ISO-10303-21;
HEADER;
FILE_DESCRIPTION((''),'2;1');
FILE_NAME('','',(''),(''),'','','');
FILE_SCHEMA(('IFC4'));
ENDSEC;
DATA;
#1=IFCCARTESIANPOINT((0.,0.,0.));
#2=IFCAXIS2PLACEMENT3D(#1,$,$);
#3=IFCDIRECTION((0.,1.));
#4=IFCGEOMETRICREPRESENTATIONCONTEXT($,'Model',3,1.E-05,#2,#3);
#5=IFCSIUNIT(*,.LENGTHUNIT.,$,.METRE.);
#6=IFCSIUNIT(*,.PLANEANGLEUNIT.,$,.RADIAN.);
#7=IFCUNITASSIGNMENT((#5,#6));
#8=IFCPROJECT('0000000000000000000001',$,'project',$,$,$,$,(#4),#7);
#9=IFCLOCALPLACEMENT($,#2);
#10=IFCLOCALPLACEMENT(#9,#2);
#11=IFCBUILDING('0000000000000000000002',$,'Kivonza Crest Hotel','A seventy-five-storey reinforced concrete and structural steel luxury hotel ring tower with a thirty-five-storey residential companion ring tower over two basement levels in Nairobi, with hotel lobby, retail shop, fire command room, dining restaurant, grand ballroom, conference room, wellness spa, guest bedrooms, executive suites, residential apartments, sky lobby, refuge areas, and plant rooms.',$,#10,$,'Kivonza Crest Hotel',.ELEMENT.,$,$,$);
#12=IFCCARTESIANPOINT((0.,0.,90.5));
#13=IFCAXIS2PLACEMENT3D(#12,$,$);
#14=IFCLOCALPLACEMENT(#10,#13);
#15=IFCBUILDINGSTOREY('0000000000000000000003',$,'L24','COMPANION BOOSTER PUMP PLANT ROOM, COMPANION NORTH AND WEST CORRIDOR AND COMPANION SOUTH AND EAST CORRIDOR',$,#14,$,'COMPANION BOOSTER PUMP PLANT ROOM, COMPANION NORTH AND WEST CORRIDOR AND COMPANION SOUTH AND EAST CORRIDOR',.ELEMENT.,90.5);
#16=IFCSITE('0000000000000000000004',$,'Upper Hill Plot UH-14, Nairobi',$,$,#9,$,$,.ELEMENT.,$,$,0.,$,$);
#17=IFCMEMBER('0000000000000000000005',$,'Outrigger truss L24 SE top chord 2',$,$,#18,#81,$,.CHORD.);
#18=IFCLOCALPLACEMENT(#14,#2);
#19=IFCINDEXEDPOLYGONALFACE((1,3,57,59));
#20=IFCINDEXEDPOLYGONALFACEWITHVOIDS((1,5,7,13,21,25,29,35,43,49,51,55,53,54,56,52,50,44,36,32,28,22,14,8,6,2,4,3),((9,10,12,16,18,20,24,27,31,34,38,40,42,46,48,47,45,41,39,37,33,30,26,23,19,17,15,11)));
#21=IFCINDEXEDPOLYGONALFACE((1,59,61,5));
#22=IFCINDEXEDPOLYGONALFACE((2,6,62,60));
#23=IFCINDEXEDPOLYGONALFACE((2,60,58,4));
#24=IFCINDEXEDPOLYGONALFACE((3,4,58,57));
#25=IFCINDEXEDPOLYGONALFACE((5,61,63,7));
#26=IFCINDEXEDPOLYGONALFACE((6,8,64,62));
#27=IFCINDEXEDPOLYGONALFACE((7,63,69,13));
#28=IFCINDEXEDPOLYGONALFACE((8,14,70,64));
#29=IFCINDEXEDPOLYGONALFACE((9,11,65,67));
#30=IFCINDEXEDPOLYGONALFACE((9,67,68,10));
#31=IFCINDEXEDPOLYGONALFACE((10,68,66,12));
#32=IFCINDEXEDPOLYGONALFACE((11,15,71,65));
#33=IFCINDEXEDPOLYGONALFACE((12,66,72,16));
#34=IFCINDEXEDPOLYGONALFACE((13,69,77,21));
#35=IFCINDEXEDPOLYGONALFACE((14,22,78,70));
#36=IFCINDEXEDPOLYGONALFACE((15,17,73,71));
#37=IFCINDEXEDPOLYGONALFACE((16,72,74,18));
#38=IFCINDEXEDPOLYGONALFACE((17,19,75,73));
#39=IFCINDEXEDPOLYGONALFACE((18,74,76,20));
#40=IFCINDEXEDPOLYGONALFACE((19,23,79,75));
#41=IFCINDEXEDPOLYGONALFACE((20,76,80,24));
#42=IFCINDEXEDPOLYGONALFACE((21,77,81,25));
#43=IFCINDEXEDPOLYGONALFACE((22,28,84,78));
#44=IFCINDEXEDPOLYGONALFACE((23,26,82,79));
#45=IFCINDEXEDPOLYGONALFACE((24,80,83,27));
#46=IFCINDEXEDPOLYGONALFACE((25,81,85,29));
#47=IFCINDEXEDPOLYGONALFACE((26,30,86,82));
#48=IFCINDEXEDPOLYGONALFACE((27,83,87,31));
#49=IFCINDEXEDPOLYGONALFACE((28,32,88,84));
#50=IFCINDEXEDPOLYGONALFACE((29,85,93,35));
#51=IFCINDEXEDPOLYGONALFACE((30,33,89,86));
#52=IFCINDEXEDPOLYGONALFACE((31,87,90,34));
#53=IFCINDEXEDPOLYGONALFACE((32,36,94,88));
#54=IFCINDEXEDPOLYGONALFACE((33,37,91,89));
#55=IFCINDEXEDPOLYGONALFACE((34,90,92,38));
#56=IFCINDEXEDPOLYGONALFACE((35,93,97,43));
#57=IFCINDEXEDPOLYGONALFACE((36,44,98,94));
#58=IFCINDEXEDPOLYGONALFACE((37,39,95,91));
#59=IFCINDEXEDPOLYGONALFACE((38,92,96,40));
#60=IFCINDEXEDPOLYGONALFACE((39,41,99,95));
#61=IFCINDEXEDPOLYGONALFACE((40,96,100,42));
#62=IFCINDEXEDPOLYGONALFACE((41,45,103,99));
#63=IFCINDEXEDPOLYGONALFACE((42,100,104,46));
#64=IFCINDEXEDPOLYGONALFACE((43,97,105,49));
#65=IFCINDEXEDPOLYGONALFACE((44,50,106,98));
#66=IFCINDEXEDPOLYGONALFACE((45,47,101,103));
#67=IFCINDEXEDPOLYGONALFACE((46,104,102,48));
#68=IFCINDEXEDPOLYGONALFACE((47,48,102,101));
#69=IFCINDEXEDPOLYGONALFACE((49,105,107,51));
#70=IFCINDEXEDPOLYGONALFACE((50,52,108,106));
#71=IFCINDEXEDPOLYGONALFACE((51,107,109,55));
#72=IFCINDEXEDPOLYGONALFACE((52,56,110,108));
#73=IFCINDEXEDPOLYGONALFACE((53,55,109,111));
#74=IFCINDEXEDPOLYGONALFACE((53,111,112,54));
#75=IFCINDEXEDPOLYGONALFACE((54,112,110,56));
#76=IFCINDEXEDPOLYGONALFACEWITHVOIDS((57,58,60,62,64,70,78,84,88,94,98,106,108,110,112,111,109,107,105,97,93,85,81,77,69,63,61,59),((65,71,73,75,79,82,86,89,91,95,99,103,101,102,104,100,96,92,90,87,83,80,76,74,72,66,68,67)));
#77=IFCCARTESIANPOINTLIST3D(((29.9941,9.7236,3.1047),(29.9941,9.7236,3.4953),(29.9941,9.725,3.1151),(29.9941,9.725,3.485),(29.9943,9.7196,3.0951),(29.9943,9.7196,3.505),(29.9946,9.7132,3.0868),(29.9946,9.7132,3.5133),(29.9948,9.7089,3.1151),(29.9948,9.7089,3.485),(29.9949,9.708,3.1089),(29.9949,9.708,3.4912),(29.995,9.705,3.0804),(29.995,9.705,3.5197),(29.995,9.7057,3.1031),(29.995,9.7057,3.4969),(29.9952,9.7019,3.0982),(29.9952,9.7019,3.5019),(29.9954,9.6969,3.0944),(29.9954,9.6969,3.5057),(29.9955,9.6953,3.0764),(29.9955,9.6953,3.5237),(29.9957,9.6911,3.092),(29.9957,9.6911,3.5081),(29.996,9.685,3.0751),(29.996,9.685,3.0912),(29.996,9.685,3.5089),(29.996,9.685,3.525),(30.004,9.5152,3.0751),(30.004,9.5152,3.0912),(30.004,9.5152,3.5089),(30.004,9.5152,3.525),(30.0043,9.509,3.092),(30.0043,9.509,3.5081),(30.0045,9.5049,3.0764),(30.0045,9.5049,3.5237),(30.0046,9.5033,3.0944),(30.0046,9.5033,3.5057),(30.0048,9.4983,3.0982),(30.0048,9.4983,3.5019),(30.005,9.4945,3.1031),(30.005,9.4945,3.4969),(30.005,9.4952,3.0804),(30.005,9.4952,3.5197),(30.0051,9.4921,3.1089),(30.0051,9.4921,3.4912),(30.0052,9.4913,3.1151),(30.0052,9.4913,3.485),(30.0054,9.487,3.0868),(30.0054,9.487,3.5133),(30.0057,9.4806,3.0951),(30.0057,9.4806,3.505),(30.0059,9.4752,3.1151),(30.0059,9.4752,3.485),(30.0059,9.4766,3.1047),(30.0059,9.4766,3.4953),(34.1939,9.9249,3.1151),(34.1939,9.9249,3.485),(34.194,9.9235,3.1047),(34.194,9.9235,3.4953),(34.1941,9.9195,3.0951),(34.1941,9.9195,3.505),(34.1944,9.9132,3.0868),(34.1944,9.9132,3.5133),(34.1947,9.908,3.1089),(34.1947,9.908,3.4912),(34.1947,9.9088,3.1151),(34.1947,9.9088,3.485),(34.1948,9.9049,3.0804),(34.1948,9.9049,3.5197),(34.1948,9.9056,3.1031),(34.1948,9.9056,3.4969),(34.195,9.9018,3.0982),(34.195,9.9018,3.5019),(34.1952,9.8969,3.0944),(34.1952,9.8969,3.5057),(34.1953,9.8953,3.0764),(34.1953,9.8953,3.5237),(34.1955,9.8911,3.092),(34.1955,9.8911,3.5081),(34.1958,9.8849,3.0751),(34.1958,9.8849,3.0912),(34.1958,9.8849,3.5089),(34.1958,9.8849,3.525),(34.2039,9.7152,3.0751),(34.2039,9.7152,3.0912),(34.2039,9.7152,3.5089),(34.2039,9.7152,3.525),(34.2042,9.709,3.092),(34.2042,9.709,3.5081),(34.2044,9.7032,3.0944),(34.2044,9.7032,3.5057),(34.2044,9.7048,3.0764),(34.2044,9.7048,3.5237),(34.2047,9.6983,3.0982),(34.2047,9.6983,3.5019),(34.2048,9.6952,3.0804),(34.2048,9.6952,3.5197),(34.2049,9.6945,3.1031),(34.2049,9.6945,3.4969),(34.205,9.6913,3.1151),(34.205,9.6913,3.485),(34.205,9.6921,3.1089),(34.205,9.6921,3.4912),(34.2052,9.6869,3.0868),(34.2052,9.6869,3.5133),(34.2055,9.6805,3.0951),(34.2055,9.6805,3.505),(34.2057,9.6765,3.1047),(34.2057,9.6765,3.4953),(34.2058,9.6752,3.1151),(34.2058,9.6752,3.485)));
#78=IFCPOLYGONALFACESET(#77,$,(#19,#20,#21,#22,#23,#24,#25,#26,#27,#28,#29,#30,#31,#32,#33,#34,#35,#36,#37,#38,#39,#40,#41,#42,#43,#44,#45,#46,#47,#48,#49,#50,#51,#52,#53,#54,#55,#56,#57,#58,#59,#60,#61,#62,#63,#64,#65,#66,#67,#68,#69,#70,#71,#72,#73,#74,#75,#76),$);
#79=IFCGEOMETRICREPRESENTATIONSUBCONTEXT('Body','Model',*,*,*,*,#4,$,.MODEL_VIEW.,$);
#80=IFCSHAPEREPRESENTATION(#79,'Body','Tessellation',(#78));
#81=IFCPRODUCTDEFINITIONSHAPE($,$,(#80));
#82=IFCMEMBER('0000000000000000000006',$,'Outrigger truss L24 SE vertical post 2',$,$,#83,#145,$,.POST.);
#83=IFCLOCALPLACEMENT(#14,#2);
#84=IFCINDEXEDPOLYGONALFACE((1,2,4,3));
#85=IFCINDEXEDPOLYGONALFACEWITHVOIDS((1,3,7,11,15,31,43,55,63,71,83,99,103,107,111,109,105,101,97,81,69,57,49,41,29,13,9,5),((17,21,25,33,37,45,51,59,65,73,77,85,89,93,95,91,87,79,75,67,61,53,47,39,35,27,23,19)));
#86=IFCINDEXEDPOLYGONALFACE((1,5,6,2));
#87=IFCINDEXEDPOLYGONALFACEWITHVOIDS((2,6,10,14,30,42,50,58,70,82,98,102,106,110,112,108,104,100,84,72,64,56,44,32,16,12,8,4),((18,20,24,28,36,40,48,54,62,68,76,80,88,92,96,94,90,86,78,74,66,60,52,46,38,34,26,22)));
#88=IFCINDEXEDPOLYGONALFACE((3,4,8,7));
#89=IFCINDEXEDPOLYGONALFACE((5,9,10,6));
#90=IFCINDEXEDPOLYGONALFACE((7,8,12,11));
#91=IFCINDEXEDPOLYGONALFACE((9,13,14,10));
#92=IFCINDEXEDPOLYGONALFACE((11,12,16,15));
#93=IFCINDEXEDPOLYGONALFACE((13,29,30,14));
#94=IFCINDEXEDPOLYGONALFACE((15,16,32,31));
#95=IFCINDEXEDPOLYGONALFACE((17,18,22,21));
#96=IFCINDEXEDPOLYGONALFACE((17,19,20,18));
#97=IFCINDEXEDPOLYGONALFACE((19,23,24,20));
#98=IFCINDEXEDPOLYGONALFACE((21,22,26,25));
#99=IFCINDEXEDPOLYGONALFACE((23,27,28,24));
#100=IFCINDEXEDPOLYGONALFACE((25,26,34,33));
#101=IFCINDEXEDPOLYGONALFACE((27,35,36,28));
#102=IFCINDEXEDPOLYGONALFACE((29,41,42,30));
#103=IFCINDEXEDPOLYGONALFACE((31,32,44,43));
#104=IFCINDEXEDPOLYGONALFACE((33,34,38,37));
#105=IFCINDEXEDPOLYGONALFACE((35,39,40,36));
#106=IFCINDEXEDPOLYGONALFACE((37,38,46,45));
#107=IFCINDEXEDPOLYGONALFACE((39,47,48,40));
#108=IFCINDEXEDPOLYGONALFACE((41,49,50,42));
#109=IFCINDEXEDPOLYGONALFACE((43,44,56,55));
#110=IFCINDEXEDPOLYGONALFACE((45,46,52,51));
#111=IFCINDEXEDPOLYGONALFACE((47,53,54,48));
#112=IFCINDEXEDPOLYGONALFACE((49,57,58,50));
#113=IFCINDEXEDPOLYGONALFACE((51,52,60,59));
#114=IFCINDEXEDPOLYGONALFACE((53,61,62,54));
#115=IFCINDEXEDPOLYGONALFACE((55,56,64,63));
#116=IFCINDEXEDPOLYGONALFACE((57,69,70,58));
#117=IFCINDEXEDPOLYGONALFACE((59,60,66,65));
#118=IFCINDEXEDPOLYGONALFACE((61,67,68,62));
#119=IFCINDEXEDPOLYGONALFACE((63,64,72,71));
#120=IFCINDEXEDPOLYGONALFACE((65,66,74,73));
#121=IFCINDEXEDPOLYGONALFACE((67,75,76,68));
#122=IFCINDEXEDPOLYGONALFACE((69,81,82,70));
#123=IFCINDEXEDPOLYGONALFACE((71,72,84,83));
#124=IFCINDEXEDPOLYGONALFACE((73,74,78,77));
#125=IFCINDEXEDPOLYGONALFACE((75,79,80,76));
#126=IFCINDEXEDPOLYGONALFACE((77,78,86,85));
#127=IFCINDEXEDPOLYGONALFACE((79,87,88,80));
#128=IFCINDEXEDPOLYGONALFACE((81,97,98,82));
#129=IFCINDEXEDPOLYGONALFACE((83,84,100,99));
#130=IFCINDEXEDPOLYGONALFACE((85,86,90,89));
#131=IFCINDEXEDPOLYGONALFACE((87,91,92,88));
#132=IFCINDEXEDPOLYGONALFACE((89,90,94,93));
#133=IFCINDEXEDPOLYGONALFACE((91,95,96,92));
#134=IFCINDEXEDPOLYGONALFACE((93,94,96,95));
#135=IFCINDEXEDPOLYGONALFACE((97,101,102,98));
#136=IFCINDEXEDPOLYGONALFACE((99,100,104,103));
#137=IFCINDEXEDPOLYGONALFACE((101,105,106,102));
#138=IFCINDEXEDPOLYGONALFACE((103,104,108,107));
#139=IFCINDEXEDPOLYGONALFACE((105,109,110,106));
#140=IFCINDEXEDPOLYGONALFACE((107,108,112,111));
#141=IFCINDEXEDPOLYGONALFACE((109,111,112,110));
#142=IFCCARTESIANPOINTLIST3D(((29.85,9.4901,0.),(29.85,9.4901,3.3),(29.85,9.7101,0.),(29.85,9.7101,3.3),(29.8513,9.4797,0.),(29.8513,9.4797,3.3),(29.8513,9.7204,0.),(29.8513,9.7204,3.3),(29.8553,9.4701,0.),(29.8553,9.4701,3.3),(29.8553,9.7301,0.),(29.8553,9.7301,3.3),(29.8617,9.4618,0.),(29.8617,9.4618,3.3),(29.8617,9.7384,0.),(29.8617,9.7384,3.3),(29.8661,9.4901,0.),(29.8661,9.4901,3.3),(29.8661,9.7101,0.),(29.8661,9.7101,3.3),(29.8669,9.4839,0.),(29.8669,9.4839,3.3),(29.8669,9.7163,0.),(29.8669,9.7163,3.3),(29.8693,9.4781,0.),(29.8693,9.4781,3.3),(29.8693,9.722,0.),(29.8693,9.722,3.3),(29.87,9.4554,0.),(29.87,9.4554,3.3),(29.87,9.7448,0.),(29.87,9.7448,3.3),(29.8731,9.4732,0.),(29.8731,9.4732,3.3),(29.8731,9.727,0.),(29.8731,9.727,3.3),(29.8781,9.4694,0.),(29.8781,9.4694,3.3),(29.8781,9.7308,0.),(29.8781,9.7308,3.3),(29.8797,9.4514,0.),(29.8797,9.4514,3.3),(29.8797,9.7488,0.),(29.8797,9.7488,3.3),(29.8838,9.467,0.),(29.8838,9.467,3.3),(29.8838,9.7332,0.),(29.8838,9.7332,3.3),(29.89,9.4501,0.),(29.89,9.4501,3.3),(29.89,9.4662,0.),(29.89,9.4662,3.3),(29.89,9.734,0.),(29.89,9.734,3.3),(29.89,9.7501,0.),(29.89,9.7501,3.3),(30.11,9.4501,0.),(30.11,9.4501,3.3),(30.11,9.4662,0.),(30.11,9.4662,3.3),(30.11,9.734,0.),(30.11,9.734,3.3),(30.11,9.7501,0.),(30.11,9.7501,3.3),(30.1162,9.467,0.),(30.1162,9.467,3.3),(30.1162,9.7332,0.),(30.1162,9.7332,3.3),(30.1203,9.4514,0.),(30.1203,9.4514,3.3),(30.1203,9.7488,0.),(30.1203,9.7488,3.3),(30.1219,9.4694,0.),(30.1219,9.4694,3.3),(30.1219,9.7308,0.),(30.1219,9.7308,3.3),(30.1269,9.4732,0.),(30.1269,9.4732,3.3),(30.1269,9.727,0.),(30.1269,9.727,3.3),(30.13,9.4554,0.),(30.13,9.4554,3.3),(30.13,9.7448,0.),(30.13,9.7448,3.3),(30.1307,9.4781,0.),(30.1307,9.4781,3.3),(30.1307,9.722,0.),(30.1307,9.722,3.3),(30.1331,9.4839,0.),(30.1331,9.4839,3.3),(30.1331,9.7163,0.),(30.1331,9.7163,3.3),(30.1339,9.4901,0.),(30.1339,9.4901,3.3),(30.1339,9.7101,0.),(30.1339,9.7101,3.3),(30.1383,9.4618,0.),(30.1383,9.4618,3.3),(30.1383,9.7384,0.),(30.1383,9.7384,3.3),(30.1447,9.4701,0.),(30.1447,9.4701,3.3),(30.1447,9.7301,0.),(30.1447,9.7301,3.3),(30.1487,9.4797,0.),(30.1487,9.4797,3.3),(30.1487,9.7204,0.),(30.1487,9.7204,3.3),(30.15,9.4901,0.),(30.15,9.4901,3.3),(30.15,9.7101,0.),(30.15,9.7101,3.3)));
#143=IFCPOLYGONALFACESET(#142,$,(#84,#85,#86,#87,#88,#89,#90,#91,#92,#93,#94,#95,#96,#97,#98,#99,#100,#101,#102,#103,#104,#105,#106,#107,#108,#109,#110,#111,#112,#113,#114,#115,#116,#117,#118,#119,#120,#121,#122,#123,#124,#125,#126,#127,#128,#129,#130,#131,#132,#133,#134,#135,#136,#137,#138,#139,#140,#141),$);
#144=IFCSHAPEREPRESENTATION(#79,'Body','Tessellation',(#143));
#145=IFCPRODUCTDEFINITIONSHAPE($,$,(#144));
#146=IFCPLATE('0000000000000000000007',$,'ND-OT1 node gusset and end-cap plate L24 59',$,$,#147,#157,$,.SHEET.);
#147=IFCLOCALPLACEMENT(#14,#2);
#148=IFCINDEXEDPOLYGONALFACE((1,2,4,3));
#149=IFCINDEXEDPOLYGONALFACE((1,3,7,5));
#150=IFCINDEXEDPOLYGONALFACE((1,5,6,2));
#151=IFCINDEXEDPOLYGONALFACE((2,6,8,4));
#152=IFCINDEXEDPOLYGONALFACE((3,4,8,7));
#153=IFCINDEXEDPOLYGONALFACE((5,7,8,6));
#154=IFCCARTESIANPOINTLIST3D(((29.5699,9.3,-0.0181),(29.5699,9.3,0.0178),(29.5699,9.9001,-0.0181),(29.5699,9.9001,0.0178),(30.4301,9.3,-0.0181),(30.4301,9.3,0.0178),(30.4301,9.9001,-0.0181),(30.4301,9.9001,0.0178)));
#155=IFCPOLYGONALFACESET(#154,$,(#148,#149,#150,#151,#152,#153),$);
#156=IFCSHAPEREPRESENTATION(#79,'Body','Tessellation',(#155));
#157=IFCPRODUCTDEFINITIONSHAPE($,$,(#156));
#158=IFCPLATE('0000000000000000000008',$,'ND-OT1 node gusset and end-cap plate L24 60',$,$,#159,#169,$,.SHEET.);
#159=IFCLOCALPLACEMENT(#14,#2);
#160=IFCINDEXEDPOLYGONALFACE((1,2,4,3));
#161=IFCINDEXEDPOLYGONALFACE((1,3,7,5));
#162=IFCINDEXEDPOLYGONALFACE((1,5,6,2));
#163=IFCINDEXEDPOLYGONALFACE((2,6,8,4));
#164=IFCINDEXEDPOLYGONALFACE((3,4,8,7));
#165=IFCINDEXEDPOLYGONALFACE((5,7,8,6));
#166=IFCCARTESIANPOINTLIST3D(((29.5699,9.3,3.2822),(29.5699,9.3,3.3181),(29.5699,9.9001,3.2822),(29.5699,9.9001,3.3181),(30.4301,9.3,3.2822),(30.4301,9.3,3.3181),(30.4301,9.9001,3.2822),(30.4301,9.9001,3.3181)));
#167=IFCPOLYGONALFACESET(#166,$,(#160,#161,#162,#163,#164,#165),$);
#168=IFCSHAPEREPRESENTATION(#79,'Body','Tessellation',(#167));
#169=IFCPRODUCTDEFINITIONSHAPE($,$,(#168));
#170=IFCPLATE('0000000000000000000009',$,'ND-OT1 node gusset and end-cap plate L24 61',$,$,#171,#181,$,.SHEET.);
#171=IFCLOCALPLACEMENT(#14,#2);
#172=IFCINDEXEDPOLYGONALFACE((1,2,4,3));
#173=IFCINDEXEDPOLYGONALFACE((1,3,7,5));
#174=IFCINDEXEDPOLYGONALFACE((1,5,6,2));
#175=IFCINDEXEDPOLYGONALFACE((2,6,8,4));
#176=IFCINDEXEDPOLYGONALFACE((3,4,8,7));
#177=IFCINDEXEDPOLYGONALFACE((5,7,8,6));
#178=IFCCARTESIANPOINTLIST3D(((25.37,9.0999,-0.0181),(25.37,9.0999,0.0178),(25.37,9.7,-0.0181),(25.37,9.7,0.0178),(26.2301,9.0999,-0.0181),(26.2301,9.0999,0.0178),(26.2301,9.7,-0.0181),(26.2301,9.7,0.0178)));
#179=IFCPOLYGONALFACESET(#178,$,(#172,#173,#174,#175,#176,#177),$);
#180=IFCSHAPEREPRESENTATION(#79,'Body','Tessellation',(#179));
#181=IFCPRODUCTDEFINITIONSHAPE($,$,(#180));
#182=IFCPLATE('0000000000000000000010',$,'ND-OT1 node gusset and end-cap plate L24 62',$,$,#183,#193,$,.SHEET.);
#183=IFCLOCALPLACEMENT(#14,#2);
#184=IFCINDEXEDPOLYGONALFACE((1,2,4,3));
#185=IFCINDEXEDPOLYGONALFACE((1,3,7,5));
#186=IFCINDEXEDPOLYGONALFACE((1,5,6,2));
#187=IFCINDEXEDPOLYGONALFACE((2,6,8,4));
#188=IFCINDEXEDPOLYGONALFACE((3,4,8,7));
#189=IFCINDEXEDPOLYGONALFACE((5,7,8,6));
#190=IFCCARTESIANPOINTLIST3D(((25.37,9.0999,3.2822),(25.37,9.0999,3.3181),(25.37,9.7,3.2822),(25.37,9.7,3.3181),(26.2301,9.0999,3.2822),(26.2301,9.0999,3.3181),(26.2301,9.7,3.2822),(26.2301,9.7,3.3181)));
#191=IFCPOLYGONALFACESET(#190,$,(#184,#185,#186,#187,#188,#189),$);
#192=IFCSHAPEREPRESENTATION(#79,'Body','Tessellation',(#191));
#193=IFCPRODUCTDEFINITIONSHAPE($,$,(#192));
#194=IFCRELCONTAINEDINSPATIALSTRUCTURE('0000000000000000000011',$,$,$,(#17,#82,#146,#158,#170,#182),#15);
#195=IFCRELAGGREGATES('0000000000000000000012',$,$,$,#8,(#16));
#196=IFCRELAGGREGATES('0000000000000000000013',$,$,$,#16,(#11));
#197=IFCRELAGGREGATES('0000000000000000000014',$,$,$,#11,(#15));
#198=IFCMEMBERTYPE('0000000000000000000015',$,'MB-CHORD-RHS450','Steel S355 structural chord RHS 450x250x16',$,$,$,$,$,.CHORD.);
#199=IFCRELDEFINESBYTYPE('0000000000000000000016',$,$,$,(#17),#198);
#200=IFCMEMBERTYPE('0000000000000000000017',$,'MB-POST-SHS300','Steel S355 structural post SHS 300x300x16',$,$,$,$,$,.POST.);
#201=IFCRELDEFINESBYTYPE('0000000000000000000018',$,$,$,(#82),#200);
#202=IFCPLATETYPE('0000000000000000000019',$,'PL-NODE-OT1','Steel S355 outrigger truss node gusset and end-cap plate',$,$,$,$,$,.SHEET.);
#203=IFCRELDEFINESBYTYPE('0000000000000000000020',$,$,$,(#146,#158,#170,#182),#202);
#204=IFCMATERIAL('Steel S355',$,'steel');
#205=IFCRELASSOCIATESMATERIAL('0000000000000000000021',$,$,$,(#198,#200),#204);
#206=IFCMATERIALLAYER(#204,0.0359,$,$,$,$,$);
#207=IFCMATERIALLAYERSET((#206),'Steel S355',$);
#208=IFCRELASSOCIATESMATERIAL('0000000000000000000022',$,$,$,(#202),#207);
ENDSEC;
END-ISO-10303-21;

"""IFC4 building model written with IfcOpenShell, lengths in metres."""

from ifc_helpers import new_model, si_unit, direction, frame, origin, origin_2d, place, context, subcontext, project, spatial, rectangle, hollow_rectangle, extrude, material, layer, layer_set, material_profile, profile_set, type_object, element, save


model = new_model("IFC4")

# Units and contexts
model_context = context("Model", 3, precision=1e-05, world=origin(), true_north=direction((0.0, 1.0)))
body_context = subcontext(model_context, "Body", "Model", "MODEL_VIEW")
ifc_project = project(units=[si_unit("LENGTHUNIT", "METRE"), si_unit("PLANEANGLEUNIT", "RADIAN")], contexts=[model_context])

# Site, building, storey
site_placement = place(None, origin())
site = spatial("IfcSite", under=ifc_project, at=site_placement, Name="Upper Hill Plot UH-14, Nairobi", CompositionType="ELEMENT", RefElevation=0.0)
building_placement = place(site_placement, origin())
building = spatial("IfcBuilding", under=site, at=building_placement, Name="Kivonza Crest Hotel", Description="A seventy-five-storey reinforced concrete and structural steel luxury hotel ring tower with a thirty-five-storey residential companion ring tower over two basement levels in Nairobi, with hotel lobby, retail shop, fire command room, dining restaurant, grand ballroom, conference room, wellness spa, guest bedrooms, executive suites, residential apartments, sky lobby, refuge areas, and plant rooms.", LongName="Kivonza Crest Hotel", CompositionType="ELEMENT")
storey_placement = place(building_placement, frame((0.0, 0.0, 90.5)))
storey = spatial("IfcBuildingStorey", under=building, at=storey_placement, Name="L24", Description="COMPANION BOOSTER PUMP PLANT ROOM, COMPANION NORTH AND WEST CORRIDOR AND COMPANION SOUTH AND EAST CORRIDOR", LongName="COMPANION BOOSTER PUMP PLANT ROOM, COMPANION NORTH AND WEST CORRIDOR AND COMPANION SOUTH AND EAST CORRIDOR", CompositionType="ELEMENT", Elevation=90.5)

# Shared definitions
ifc_material_1 = material(Name="Steel S355", Category="steel")

# Members
ifc_material_profile_1 = material_profile(ifc_material_1, hollow_rectangle(XDim=0.25, YDim=0.45, WallThickness=0.0161, InnerFilletRadius=0.0239, OuterFilletRadius=0.04, at=origin_2d()), Name="RHS 450x250x16")
ifc_profile_set_1 = profile_set([ifc_material_profile_1], Name="Steel S355")
member_type_1 = type_object("IfcMemberType", Name="MB-CHORD-RHS450", Description="Steel S355 structural chord RHS 450x250x16", PredefinedType="CHORD", material=ifc_profile_set_1)
for number, where, z_axis, x_axis, name in (
    (1, (30.0, 9.6001, 3.3), (0.998869, 0.047554, 0.0), (-0.047554, 0.998869, 0.0), "Outrigger truss L24 SE top chord 2"),
):
    element("IfcMember", number, at=place(storey_placement, frame(where, z_axis=z_axis, x_axis=x_axis)), inside=storey, type_object=member_type_1, Name=name, PredefinedType="CHORD", context=body_context, shape_type="SweptSolid", body=[
        extrude(hollow_rectangle(XDim=0.25, YDim=0.45, WallThickness=0.0161, InnerFilletRadius=0.0239, OuterFilletRadius=0.04, at=origin_2d()), origin(), (0.0, 0.0, 1.0), 4.2046),
    ])
ifc_material_profile_2 = material_profile(ifc_material_1, hollow_rectangle(XDim=0.3, YDim=0.3, WallThickness=0.0161, InnerFilletRadius=0.0239, OuterFilletRadius=0.04, at=origin_2d()), Name="SHS 300x300x16")
ifc_profile_set_2 = profile_set([ifc_material_profile_2], Name="Steel S355")
member_type_2 = type_object("IfcMemberType", Name="MB-POST-SHS300", Description="Steel S355 structural post SHS 300x300x16", PredefinedType="POST", material=ifc_profile_set_2)
member_placement = place(storey_placement, frame((30.0, 9.6001, 0.0), z_axis=(0.0, 0.0, 1.0), x_axis=(1.0, 0.0, 0.0)))
element("IfcMember", 2, at=member_placement, inside=storey, type_object=member_type_2, Name="Outrigger truss L24 SE vertical post 2", PredefinedType="POST", context=body_context, shape_type="SweptSolid", body=[
    extrude(hollow_rectangle(XDim=0.3, YDim=0.3, WallThickness=0.0161, InnerFilletRadius=0.0239, OuterFilletRadius=0.04, at=origin_2d()), origin(), (0.0, 0.0, 1.0), 3.3),
])

# Plates
ifc_layer_1 = layer(ifc_material_1, 0.0359)
ifc_layer_set_1 = layer_set([ifc_layer_1], Name="Steel S355")
plate_type = type_object("IfcPlateType", Name="PL-NODE-OT1", Description="Steel S355 outrigger truss node gusset and end-cap plate", PredefinedType="SHEET", material=ifc_layer_set_1)
for number, where, z_axis, x_axis, name in (
    (3, (30.0, 9.6001, -0.0181), (0.0, 0.0, 1.0), (1.0, 0.0, 0.0), "ND-OT1 node gusset and end-cap plate L24 59"),
    (4, (30.0, 9.6001, 3.2822), (0.0, 0.0, 1.0), (1.0, 0.0, 0.0), "ND-OT1 node gusset and end-cap plate L24 60"),
    (5, (25.8, 9.3999, -0.0181), (0.0, 0.0, 1.0), (1.0, 0.0, 0.0), "ND-OT1 node gusset and end-cap plate L24 61"),
    (6, (25.8, 9.3999, 3.2822), (0.0, 0.0, 1.0), (1.0, 0.0, 0.0), "ND-OT1 node gusset and end-cap plate L24 62"),
):
    element("IfcPlate", number, at=place(storey_placement, frame(where, z_axis=z_axis, x_axis=x_axis)), inside=storey, type_object=plate_type, Name=name, PredefinedType="SHEET", context=body_context, shape_type="SweptSolid", body=[
        extrude(rectangle(XDim=0.8601, YDim=0.6001, at=origin_2d()), origin(), (0.0, 0.0, 1.0), 0.0359),
    ])

save(model, "model.ifc")
